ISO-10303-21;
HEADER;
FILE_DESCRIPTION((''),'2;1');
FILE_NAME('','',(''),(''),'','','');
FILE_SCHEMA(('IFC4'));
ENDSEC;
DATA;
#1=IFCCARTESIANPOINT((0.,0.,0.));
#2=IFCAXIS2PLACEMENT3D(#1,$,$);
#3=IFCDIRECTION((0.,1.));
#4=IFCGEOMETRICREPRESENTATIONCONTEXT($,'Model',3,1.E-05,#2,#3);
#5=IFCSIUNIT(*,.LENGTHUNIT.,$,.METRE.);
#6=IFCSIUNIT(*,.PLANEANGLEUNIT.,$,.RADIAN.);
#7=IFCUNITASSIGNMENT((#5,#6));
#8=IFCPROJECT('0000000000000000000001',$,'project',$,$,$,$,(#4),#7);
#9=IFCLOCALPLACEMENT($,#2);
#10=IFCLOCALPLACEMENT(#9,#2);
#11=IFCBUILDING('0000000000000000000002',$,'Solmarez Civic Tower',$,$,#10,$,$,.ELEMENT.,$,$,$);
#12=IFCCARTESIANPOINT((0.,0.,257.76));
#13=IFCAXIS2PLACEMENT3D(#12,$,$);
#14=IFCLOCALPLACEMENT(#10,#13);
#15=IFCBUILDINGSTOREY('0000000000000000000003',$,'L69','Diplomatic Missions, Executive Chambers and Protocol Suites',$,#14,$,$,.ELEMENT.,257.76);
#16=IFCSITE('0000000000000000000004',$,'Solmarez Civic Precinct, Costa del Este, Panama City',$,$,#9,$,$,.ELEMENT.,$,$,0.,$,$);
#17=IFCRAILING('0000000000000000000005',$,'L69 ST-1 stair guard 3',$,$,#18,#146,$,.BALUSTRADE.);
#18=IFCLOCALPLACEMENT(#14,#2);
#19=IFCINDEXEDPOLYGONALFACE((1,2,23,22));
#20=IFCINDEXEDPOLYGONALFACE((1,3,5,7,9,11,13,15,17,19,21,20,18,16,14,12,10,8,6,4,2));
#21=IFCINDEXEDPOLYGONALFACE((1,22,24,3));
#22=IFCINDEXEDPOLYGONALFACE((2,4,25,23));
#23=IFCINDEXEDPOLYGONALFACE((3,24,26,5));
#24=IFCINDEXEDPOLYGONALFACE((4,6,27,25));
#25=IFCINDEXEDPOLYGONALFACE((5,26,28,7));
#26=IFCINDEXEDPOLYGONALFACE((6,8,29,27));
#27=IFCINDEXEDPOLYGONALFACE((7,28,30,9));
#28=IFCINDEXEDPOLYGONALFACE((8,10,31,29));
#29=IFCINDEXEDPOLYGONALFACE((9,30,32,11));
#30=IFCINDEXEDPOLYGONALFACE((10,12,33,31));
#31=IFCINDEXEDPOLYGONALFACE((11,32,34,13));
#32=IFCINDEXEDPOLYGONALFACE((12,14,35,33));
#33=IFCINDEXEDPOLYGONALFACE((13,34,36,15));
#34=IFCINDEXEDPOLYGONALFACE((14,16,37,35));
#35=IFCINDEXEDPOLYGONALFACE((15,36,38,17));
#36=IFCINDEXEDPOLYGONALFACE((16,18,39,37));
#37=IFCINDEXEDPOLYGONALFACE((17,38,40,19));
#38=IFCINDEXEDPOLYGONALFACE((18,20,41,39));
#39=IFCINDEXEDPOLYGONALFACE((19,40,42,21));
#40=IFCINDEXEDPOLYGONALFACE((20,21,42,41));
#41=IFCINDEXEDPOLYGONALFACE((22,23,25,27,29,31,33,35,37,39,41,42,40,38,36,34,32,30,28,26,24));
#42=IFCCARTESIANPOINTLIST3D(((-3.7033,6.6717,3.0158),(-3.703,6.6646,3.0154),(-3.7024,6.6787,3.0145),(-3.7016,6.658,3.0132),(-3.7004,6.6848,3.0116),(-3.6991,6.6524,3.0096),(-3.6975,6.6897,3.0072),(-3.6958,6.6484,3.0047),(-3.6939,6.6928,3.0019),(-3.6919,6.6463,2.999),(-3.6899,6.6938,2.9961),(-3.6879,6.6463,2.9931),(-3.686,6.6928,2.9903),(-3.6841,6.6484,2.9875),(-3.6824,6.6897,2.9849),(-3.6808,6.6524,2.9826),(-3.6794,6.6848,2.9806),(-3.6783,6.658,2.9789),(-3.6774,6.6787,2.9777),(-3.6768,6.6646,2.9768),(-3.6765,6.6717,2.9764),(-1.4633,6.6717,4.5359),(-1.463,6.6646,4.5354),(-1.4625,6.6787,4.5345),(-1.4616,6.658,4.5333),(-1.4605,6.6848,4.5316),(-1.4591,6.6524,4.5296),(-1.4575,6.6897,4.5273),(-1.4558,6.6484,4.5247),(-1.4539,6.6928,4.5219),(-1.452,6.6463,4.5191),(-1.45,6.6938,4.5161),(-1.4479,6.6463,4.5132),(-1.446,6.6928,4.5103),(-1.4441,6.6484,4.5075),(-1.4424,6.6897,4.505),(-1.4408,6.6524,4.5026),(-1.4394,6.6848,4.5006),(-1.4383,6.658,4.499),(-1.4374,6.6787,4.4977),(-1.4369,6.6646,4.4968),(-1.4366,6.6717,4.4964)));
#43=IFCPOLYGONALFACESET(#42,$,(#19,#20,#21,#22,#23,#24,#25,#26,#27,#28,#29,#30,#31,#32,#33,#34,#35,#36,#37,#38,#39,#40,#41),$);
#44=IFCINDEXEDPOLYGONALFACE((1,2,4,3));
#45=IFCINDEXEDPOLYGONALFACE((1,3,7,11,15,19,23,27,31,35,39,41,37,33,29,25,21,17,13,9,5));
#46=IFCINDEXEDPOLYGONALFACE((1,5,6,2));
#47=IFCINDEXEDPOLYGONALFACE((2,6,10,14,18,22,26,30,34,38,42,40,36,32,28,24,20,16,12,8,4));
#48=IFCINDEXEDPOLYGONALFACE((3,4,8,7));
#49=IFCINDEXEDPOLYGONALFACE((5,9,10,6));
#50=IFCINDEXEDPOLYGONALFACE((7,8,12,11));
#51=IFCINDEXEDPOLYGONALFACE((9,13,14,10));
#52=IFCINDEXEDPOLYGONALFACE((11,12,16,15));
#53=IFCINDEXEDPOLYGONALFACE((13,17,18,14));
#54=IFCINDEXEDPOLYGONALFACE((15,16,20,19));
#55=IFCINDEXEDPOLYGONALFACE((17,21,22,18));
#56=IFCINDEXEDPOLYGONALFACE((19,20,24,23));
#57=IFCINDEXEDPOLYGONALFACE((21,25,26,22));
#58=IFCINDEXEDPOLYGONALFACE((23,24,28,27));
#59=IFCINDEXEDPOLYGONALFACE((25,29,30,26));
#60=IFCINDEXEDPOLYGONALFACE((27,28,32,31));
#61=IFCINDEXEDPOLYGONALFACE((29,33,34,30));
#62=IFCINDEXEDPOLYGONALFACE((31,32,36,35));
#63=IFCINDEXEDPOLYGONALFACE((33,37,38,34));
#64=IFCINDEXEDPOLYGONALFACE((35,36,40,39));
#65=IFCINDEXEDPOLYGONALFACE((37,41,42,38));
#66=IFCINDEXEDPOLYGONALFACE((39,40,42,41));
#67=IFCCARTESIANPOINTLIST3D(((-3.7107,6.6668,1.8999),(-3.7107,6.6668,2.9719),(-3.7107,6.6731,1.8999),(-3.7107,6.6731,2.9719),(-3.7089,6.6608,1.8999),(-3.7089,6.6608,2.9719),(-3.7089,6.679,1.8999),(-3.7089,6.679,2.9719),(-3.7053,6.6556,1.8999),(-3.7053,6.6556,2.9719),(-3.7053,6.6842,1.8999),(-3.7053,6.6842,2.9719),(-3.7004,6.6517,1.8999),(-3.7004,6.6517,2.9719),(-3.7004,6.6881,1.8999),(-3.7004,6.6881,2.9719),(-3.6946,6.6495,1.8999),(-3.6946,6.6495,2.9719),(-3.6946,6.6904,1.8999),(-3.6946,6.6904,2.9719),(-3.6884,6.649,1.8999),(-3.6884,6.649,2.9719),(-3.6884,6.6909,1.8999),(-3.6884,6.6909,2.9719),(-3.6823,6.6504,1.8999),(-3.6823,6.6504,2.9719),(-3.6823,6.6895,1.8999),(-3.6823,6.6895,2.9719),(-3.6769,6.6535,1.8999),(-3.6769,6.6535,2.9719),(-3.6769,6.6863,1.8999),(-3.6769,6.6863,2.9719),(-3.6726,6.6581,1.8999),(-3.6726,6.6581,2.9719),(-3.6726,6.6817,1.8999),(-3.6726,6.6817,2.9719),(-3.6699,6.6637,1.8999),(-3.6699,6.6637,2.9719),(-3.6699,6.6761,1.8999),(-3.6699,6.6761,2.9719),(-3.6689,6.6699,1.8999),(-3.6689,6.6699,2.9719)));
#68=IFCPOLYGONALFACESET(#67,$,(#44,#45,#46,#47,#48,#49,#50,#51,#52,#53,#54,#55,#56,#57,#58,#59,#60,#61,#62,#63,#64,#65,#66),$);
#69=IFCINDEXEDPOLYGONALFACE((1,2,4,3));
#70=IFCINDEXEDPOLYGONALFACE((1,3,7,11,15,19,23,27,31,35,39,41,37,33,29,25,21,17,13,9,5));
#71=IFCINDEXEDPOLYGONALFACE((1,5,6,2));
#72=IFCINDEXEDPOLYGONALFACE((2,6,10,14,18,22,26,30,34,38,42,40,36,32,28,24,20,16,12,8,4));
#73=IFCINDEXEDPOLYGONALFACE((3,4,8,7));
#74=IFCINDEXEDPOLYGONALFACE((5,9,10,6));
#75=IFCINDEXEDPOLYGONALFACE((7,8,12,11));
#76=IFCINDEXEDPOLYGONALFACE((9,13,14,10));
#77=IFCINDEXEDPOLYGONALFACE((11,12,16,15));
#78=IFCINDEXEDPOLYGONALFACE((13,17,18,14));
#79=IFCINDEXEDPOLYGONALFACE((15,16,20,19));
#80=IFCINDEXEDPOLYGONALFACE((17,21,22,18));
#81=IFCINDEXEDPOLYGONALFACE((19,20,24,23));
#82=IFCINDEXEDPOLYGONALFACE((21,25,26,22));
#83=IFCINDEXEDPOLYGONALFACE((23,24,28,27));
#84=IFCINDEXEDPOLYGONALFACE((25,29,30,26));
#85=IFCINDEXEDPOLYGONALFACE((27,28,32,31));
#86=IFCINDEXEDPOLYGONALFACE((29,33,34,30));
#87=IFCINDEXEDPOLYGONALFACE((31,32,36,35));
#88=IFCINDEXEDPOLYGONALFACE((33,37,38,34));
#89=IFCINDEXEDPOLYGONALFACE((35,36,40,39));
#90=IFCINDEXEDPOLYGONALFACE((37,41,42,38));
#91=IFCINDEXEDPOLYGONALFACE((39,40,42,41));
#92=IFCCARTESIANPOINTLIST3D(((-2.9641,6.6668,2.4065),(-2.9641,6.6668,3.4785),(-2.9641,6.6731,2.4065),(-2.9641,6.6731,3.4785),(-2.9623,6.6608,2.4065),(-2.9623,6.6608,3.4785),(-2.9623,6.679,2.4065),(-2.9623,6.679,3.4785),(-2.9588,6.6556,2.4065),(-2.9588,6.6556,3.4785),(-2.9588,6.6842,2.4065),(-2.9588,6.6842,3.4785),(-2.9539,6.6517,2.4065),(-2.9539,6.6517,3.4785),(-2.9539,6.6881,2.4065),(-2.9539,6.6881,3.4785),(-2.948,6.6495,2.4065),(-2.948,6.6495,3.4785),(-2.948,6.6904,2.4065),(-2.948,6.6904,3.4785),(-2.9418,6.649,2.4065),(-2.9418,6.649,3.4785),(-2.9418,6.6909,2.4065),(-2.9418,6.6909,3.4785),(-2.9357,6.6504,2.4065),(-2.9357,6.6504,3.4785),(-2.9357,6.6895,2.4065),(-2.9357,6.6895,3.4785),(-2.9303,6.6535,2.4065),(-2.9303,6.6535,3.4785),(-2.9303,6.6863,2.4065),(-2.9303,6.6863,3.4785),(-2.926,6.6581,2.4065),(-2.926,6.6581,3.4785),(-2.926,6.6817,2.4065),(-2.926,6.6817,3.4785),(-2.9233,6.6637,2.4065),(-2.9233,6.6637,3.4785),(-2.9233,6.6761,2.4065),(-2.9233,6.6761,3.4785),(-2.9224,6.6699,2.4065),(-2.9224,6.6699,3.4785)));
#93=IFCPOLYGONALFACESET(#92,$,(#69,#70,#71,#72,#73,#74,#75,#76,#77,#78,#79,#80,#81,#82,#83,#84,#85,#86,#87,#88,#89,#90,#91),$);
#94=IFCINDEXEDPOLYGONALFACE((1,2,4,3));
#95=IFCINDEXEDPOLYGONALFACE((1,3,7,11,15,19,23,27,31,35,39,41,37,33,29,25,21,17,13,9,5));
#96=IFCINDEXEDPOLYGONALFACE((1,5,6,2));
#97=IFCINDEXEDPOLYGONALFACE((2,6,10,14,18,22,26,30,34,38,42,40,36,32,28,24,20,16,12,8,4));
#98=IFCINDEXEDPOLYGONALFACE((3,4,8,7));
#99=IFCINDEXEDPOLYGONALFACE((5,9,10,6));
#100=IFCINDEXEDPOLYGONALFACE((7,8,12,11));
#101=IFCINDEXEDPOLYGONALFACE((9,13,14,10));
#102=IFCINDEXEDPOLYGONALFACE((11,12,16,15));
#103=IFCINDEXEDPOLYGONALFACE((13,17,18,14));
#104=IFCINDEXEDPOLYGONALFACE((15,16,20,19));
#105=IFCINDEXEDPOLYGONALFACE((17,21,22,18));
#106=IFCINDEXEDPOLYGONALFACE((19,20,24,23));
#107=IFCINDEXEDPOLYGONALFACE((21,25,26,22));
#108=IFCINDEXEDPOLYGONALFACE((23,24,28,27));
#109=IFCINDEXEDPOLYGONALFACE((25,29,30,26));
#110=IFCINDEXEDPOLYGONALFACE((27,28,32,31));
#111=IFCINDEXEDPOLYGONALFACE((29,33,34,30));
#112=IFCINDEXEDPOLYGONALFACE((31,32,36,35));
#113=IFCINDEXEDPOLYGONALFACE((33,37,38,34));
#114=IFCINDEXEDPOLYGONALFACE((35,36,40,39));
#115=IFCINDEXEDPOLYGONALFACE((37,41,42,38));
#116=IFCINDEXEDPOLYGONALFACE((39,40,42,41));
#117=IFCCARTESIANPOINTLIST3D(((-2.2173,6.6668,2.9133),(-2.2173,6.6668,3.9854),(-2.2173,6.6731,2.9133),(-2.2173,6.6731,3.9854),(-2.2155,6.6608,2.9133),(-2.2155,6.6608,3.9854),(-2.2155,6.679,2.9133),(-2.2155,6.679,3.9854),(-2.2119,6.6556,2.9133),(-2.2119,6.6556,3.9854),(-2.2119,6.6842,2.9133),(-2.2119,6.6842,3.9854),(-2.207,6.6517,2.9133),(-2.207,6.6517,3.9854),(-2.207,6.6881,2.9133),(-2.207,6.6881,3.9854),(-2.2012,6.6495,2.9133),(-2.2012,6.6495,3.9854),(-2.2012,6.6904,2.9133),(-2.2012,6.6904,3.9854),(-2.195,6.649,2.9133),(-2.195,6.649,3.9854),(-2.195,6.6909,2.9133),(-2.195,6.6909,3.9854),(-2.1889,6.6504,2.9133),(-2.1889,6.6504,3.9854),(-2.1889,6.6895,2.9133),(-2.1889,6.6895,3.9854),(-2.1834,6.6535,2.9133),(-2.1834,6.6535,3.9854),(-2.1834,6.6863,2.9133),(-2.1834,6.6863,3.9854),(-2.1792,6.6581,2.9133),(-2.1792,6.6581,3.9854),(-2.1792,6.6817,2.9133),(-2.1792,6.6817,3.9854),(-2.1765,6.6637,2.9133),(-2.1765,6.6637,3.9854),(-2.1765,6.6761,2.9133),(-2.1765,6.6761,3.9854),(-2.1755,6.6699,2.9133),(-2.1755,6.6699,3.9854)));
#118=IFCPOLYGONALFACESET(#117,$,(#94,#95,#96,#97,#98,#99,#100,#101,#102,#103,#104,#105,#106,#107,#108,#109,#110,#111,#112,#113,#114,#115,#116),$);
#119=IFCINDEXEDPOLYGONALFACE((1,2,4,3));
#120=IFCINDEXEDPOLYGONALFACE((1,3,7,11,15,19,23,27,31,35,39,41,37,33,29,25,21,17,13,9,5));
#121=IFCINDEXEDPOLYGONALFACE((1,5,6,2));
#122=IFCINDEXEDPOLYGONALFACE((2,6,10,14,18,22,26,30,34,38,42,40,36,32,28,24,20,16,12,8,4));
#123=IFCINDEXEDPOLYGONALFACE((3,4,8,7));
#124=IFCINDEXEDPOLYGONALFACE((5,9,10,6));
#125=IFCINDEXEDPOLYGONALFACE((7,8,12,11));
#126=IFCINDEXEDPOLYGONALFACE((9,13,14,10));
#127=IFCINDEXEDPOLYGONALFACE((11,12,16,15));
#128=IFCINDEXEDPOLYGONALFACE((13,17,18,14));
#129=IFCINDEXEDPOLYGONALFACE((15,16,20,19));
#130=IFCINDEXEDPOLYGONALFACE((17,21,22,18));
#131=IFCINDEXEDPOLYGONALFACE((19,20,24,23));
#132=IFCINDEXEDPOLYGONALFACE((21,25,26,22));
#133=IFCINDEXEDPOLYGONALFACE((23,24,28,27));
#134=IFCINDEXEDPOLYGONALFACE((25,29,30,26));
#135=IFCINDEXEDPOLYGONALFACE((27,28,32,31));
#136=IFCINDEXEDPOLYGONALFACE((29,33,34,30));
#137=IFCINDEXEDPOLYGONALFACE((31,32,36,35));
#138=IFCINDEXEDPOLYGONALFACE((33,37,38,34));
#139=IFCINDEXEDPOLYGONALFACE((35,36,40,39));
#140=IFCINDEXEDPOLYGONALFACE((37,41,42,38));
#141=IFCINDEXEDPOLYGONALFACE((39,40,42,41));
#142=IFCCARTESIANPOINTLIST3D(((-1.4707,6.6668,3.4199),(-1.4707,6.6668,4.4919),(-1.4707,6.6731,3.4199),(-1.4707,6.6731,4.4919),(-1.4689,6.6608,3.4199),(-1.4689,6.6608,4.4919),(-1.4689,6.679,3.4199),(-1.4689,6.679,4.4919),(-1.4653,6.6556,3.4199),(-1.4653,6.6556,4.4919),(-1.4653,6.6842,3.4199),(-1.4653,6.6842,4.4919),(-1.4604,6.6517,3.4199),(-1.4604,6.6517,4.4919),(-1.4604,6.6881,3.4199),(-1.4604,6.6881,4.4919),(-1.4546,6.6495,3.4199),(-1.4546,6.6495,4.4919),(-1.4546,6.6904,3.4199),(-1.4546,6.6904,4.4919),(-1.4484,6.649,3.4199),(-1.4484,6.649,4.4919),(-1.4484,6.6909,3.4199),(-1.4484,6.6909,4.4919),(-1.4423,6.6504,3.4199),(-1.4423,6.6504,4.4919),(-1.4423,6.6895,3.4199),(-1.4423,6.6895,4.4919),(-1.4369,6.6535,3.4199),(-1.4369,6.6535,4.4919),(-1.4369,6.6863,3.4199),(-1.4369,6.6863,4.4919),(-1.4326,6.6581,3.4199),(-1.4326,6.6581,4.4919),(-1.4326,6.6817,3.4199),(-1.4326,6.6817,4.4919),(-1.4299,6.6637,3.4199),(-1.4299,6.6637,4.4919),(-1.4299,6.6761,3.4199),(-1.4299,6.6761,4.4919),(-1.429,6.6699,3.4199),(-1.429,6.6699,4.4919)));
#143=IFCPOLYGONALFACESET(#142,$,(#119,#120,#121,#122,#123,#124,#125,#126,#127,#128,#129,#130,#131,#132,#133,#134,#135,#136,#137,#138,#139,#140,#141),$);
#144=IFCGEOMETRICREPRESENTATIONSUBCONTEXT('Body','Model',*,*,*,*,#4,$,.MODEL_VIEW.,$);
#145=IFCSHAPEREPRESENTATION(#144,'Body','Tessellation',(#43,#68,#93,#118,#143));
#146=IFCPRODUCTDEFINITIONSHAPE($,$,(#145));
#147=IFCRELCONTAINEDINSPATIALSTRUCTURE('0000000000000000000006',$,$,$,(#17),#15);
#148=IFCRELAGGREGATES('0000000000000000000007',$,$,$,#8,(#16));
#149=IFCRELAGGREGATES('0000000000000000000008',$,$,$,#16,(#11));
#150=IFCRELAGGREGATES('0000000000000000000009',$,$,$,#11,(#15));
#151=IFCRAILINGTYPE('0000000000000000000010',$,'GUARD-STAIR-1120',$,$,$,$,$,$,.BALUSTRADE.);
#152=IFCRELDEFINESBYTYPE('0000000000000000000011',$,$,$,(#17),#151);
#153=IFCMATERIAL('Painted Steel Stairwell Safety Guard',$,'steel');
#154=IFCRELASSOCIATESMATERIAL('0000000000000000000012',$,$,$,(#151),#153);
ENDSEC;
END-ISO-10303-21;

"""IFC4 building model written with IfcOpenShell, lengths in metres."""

from ifc_helpers import new_model, si_unit, direction, frame, origin, origin_2d, place, context, subcontext, project, spatial, circle, extrude, material, type_object, element, save


model = new_model("IFC4")

# Units and contexts
model_context = context("Model", 3, precision=1e-05, world=origin(), true_north=direction((0.0, 1.0)))
body_context = subcontext(model_context, "Body", "Model", "MODEL_VIEW")
ifc_project = project(units=[si_unit("LENGTHUNIT", "METRE"), si_unit("PLANEANGLEUNIT", "RADIAN")], contexts=[model_context])

# Site, building, storey
site_placement = place(None, origin())
site = spatial("IfcSite", under=ifc_project, at=site_placement, Name="Solmarez Civic Precinct, Costa del Este, Panama City", CompositionType="ELEMENT", RefElevation=0.0)
building_placement = place(site_placement, origin())
building = spatial("IfcBuilding", under=site, at=building_placement, Name="Solmarez Civic Tower", CompositionType="ELEMENT")
storey_placement = place(building_placement, frame((0.0, 0.0, 257.76)))
storey = spatial("IfcBuildingStorey", under=building, at=storey_placement, Name="L69", Description="Diplomatic Missions, Executive Chambers and Protocol Suites", CompositionType="ELEMENT", Elevation=257.76)

# Railing
ifc_material_1 = material(Name="Painted Steel Stairwell Safety Guard", Category="steel")
railing_type_1 = type_object("IfcRailingType", Name="GUARD-STAIR-1120", PredefinedType="BALUSTRADE", material=ifc_material_1)
railing_1_placement = place(storey_placement, frame((-3.6899, 6.6699, 1.8999)))
element("IfcRailing", 1, at=railing_1_placement, inside=storey, type_object=railing_type_1, Name="L69 ST-1 stair guard 3", PredefinedType="BALUSTRADE", context=body_context, shape_type="SweptSolid", body=[
    extrude(circle(Radius=0.0239, at=origin_2d()), frame((0.0, 0.0, 1.0962), z_axis=(0.827471, 0.0, 0.561508), x_axis=(0.0, 1.0, 0.0)), (0.0, 0.0, 1.0), 2.707),
    extrude(circle(Radius=0.021, at=origin_2d()), origin(), (0.0, 0.0, 1.0), 1.072),
    extrude(circle(Radius=0.021, at=origin_2d()), frame((0.7466, 0.0, 0.5066)), (0.0, 0.0, 1.0), 1.072),
    extrude(circle(Radius=0.021, at=origin_2d()), frame((1.4934, 0.0, 1.0134)), (0.0, 0.0, 1.0), 1.072),
    extrude(circle(Radius=0.021, at=origin_2d()), frame((2.24, 0.0, 1.52)), (0.0, 0.0, 1.0), 1.072),
])

save(model, "model.ifc")
